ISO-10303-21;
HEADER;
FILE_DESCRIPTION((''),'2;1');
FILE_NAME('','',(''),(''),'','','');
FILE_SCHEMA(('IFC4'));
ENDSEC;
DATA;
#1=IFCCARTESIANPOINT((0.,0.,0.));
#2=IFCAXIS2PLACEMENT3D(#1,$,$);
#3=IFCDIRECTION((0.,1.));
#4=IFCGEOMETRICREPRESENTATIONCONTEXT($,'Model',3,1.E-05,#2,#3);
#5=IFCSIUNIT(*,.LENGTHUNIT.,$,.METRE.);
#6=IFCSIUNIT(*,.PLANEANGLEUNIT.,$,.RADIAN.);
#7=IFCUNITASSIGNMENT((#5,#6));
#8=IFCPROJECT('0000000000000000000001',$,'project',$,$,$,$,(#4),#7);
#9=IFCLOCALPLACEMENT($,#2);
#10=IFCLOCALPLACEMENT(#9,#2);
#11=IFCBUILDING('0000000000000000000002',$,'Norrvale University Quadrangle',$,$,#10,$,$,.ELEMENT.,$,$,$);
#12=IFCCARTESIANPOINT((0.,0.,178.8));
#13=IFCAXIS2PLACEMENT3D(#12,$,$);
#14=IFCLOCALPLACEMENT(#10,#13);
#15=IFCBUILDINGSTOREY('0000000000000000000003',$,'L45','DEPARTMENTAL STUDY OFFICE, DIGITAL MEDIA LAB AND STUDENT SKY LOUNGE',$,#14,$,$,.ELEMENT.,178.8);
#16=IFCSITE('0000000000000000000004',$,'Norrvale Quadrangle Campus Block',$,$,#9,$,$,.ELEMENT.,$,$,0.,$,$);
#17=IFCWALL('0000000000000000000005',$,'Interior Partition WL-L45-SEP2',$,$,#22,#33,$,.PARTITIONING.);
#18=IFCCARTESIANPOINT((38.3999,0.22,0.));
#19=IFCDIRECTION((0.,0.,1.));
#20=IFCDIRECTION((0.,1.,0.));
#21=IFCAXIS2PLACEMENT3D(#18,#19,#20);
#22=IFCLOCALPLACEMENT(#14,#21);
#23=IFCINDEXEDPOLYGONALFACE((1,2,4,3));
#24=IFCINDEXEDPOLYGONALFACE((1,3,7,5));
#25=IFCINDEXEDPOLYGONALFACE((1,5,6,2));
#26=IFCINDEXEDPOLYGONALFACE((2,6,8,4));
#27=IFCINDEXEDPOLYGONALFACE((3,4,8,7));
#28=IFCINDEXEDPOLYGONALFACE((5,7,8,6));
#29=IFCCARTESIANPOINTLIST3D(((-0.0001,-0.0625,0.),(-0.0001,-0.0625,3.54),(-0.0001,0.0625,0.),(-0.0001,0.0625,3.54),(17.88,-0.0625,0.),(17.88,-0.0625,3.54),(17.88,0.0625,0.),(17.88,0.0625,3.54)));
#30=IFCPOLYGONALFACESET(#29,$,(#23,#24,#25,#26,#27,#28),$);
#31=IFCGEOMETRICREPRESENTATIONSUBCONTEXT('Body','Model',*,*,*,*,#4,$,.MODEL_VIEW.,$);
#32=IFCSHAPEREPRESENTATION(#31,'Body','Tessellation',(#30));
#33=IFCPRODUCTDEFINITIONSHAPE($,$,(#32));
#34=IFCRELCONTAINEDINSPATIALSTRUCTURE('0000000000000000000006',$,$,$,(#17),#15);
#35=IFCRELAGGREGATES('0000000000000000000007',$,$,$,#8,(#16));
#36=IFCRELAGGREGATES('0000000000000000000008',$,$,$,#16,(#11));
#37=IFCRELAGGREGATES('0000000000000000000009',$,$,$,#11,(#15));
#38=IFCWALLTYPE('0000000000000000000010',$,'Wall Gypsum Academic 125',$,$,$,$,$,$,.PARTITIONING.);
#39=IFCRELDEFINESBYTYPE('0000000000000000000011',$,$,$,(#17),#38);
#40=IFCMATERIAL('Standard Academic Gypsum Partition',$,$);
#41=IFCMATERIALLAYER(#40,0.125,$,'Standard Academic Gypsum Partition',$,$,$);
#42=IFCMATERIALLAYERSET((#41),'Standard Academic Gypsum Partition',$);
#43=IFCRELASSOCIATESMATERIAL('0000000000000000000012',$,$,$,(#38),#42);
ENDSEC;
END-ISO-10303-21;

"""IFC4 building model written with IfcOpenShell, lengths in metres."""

from ifc_helpers import new_model, si_unit, direction, frame, frame_2d, origin, place, context, subcontext, project, spatial, rectangle, extrude, material, layer, layer_set, type_object, element, save


model = new_model("IFC4")

# Units and contexts
model_context = context("Model", 3, precision=1e-05, world=origin(), true_north=direction((0.0, 1.0)))
body_context = subcontext(model_context, "Body", "Model", "MODEL_VIEW")
ifc_project = project(units=[si_unit("LENGTHUNIT", "METRE"), si_unit("PLANEANGLEUNIT", "RADIAN")], contexts=[model_context])

# Site, building, storey
site_placement = place(None, origin())
site = spatial("IfcSite", under=ifc_project, at=site_placement, Name="Norrvale Quadrangle Campus Block", CompositionType="ELEMENT", RefElevation=0.0)
building_placement = place(site_placement, origin())
building = spatial("IfcBuilding", under=site, at=building_placement, Name="Norrvale University Quadrangle", CompositionType="ELEMENT")
storey_placement = place(building_placement, frame((0.0, 0.0, 178.8)))
storey = spatial("IfcBuildingStorey", under=building, at=storey_placement, Name="L45", Description="DEPARTMENTAL STUDY OFFICE, DIGITAL MEDIA LAB AND STUDENT SKY LOUNGE", CompositionType="ELEMENT", Elevation=178.8)

# Wall
ifc_material_1 = material(Name="Standard Academic Gypsum Partition")
ifc_layer_1 = layer(ifc_material_1, 0.125, Name="Standard Academic Gypsum Partition")
ifc_layer_set_1 = layer_set([ifc_layer_1], Name="Standard Academic Gypsum Partition")
wall_type_1 = type_object("IfcWallType", Name="Wall Gypsum Academic 125", PredefinedType="PARTITIONING", material=ifc_layer_set_1)
wall_1_placement = place(storey_placement, frame((38.3999, 0.22, 0.0), z_axis=(0.0, 0.0, 1.0), x_axis=(0.0, 1.0, 0.0)))
element("IfcWall", 1, at=wall_1_placement, inside=storey, type_object=wall_type_1, Name="Interior Partition WL-L45-SEP2", PredefinedType="PARTITIONING", context=body_context, shape_type="SweptSolid", body=[
    extrude(rectangle(XDim=17.8801, YDim=0.125, at=frame_2d((8.9399, 0.0))), origin(), (0.0, 0.0, 1.0), 3.54),
])

save(model, "model.ifc")
